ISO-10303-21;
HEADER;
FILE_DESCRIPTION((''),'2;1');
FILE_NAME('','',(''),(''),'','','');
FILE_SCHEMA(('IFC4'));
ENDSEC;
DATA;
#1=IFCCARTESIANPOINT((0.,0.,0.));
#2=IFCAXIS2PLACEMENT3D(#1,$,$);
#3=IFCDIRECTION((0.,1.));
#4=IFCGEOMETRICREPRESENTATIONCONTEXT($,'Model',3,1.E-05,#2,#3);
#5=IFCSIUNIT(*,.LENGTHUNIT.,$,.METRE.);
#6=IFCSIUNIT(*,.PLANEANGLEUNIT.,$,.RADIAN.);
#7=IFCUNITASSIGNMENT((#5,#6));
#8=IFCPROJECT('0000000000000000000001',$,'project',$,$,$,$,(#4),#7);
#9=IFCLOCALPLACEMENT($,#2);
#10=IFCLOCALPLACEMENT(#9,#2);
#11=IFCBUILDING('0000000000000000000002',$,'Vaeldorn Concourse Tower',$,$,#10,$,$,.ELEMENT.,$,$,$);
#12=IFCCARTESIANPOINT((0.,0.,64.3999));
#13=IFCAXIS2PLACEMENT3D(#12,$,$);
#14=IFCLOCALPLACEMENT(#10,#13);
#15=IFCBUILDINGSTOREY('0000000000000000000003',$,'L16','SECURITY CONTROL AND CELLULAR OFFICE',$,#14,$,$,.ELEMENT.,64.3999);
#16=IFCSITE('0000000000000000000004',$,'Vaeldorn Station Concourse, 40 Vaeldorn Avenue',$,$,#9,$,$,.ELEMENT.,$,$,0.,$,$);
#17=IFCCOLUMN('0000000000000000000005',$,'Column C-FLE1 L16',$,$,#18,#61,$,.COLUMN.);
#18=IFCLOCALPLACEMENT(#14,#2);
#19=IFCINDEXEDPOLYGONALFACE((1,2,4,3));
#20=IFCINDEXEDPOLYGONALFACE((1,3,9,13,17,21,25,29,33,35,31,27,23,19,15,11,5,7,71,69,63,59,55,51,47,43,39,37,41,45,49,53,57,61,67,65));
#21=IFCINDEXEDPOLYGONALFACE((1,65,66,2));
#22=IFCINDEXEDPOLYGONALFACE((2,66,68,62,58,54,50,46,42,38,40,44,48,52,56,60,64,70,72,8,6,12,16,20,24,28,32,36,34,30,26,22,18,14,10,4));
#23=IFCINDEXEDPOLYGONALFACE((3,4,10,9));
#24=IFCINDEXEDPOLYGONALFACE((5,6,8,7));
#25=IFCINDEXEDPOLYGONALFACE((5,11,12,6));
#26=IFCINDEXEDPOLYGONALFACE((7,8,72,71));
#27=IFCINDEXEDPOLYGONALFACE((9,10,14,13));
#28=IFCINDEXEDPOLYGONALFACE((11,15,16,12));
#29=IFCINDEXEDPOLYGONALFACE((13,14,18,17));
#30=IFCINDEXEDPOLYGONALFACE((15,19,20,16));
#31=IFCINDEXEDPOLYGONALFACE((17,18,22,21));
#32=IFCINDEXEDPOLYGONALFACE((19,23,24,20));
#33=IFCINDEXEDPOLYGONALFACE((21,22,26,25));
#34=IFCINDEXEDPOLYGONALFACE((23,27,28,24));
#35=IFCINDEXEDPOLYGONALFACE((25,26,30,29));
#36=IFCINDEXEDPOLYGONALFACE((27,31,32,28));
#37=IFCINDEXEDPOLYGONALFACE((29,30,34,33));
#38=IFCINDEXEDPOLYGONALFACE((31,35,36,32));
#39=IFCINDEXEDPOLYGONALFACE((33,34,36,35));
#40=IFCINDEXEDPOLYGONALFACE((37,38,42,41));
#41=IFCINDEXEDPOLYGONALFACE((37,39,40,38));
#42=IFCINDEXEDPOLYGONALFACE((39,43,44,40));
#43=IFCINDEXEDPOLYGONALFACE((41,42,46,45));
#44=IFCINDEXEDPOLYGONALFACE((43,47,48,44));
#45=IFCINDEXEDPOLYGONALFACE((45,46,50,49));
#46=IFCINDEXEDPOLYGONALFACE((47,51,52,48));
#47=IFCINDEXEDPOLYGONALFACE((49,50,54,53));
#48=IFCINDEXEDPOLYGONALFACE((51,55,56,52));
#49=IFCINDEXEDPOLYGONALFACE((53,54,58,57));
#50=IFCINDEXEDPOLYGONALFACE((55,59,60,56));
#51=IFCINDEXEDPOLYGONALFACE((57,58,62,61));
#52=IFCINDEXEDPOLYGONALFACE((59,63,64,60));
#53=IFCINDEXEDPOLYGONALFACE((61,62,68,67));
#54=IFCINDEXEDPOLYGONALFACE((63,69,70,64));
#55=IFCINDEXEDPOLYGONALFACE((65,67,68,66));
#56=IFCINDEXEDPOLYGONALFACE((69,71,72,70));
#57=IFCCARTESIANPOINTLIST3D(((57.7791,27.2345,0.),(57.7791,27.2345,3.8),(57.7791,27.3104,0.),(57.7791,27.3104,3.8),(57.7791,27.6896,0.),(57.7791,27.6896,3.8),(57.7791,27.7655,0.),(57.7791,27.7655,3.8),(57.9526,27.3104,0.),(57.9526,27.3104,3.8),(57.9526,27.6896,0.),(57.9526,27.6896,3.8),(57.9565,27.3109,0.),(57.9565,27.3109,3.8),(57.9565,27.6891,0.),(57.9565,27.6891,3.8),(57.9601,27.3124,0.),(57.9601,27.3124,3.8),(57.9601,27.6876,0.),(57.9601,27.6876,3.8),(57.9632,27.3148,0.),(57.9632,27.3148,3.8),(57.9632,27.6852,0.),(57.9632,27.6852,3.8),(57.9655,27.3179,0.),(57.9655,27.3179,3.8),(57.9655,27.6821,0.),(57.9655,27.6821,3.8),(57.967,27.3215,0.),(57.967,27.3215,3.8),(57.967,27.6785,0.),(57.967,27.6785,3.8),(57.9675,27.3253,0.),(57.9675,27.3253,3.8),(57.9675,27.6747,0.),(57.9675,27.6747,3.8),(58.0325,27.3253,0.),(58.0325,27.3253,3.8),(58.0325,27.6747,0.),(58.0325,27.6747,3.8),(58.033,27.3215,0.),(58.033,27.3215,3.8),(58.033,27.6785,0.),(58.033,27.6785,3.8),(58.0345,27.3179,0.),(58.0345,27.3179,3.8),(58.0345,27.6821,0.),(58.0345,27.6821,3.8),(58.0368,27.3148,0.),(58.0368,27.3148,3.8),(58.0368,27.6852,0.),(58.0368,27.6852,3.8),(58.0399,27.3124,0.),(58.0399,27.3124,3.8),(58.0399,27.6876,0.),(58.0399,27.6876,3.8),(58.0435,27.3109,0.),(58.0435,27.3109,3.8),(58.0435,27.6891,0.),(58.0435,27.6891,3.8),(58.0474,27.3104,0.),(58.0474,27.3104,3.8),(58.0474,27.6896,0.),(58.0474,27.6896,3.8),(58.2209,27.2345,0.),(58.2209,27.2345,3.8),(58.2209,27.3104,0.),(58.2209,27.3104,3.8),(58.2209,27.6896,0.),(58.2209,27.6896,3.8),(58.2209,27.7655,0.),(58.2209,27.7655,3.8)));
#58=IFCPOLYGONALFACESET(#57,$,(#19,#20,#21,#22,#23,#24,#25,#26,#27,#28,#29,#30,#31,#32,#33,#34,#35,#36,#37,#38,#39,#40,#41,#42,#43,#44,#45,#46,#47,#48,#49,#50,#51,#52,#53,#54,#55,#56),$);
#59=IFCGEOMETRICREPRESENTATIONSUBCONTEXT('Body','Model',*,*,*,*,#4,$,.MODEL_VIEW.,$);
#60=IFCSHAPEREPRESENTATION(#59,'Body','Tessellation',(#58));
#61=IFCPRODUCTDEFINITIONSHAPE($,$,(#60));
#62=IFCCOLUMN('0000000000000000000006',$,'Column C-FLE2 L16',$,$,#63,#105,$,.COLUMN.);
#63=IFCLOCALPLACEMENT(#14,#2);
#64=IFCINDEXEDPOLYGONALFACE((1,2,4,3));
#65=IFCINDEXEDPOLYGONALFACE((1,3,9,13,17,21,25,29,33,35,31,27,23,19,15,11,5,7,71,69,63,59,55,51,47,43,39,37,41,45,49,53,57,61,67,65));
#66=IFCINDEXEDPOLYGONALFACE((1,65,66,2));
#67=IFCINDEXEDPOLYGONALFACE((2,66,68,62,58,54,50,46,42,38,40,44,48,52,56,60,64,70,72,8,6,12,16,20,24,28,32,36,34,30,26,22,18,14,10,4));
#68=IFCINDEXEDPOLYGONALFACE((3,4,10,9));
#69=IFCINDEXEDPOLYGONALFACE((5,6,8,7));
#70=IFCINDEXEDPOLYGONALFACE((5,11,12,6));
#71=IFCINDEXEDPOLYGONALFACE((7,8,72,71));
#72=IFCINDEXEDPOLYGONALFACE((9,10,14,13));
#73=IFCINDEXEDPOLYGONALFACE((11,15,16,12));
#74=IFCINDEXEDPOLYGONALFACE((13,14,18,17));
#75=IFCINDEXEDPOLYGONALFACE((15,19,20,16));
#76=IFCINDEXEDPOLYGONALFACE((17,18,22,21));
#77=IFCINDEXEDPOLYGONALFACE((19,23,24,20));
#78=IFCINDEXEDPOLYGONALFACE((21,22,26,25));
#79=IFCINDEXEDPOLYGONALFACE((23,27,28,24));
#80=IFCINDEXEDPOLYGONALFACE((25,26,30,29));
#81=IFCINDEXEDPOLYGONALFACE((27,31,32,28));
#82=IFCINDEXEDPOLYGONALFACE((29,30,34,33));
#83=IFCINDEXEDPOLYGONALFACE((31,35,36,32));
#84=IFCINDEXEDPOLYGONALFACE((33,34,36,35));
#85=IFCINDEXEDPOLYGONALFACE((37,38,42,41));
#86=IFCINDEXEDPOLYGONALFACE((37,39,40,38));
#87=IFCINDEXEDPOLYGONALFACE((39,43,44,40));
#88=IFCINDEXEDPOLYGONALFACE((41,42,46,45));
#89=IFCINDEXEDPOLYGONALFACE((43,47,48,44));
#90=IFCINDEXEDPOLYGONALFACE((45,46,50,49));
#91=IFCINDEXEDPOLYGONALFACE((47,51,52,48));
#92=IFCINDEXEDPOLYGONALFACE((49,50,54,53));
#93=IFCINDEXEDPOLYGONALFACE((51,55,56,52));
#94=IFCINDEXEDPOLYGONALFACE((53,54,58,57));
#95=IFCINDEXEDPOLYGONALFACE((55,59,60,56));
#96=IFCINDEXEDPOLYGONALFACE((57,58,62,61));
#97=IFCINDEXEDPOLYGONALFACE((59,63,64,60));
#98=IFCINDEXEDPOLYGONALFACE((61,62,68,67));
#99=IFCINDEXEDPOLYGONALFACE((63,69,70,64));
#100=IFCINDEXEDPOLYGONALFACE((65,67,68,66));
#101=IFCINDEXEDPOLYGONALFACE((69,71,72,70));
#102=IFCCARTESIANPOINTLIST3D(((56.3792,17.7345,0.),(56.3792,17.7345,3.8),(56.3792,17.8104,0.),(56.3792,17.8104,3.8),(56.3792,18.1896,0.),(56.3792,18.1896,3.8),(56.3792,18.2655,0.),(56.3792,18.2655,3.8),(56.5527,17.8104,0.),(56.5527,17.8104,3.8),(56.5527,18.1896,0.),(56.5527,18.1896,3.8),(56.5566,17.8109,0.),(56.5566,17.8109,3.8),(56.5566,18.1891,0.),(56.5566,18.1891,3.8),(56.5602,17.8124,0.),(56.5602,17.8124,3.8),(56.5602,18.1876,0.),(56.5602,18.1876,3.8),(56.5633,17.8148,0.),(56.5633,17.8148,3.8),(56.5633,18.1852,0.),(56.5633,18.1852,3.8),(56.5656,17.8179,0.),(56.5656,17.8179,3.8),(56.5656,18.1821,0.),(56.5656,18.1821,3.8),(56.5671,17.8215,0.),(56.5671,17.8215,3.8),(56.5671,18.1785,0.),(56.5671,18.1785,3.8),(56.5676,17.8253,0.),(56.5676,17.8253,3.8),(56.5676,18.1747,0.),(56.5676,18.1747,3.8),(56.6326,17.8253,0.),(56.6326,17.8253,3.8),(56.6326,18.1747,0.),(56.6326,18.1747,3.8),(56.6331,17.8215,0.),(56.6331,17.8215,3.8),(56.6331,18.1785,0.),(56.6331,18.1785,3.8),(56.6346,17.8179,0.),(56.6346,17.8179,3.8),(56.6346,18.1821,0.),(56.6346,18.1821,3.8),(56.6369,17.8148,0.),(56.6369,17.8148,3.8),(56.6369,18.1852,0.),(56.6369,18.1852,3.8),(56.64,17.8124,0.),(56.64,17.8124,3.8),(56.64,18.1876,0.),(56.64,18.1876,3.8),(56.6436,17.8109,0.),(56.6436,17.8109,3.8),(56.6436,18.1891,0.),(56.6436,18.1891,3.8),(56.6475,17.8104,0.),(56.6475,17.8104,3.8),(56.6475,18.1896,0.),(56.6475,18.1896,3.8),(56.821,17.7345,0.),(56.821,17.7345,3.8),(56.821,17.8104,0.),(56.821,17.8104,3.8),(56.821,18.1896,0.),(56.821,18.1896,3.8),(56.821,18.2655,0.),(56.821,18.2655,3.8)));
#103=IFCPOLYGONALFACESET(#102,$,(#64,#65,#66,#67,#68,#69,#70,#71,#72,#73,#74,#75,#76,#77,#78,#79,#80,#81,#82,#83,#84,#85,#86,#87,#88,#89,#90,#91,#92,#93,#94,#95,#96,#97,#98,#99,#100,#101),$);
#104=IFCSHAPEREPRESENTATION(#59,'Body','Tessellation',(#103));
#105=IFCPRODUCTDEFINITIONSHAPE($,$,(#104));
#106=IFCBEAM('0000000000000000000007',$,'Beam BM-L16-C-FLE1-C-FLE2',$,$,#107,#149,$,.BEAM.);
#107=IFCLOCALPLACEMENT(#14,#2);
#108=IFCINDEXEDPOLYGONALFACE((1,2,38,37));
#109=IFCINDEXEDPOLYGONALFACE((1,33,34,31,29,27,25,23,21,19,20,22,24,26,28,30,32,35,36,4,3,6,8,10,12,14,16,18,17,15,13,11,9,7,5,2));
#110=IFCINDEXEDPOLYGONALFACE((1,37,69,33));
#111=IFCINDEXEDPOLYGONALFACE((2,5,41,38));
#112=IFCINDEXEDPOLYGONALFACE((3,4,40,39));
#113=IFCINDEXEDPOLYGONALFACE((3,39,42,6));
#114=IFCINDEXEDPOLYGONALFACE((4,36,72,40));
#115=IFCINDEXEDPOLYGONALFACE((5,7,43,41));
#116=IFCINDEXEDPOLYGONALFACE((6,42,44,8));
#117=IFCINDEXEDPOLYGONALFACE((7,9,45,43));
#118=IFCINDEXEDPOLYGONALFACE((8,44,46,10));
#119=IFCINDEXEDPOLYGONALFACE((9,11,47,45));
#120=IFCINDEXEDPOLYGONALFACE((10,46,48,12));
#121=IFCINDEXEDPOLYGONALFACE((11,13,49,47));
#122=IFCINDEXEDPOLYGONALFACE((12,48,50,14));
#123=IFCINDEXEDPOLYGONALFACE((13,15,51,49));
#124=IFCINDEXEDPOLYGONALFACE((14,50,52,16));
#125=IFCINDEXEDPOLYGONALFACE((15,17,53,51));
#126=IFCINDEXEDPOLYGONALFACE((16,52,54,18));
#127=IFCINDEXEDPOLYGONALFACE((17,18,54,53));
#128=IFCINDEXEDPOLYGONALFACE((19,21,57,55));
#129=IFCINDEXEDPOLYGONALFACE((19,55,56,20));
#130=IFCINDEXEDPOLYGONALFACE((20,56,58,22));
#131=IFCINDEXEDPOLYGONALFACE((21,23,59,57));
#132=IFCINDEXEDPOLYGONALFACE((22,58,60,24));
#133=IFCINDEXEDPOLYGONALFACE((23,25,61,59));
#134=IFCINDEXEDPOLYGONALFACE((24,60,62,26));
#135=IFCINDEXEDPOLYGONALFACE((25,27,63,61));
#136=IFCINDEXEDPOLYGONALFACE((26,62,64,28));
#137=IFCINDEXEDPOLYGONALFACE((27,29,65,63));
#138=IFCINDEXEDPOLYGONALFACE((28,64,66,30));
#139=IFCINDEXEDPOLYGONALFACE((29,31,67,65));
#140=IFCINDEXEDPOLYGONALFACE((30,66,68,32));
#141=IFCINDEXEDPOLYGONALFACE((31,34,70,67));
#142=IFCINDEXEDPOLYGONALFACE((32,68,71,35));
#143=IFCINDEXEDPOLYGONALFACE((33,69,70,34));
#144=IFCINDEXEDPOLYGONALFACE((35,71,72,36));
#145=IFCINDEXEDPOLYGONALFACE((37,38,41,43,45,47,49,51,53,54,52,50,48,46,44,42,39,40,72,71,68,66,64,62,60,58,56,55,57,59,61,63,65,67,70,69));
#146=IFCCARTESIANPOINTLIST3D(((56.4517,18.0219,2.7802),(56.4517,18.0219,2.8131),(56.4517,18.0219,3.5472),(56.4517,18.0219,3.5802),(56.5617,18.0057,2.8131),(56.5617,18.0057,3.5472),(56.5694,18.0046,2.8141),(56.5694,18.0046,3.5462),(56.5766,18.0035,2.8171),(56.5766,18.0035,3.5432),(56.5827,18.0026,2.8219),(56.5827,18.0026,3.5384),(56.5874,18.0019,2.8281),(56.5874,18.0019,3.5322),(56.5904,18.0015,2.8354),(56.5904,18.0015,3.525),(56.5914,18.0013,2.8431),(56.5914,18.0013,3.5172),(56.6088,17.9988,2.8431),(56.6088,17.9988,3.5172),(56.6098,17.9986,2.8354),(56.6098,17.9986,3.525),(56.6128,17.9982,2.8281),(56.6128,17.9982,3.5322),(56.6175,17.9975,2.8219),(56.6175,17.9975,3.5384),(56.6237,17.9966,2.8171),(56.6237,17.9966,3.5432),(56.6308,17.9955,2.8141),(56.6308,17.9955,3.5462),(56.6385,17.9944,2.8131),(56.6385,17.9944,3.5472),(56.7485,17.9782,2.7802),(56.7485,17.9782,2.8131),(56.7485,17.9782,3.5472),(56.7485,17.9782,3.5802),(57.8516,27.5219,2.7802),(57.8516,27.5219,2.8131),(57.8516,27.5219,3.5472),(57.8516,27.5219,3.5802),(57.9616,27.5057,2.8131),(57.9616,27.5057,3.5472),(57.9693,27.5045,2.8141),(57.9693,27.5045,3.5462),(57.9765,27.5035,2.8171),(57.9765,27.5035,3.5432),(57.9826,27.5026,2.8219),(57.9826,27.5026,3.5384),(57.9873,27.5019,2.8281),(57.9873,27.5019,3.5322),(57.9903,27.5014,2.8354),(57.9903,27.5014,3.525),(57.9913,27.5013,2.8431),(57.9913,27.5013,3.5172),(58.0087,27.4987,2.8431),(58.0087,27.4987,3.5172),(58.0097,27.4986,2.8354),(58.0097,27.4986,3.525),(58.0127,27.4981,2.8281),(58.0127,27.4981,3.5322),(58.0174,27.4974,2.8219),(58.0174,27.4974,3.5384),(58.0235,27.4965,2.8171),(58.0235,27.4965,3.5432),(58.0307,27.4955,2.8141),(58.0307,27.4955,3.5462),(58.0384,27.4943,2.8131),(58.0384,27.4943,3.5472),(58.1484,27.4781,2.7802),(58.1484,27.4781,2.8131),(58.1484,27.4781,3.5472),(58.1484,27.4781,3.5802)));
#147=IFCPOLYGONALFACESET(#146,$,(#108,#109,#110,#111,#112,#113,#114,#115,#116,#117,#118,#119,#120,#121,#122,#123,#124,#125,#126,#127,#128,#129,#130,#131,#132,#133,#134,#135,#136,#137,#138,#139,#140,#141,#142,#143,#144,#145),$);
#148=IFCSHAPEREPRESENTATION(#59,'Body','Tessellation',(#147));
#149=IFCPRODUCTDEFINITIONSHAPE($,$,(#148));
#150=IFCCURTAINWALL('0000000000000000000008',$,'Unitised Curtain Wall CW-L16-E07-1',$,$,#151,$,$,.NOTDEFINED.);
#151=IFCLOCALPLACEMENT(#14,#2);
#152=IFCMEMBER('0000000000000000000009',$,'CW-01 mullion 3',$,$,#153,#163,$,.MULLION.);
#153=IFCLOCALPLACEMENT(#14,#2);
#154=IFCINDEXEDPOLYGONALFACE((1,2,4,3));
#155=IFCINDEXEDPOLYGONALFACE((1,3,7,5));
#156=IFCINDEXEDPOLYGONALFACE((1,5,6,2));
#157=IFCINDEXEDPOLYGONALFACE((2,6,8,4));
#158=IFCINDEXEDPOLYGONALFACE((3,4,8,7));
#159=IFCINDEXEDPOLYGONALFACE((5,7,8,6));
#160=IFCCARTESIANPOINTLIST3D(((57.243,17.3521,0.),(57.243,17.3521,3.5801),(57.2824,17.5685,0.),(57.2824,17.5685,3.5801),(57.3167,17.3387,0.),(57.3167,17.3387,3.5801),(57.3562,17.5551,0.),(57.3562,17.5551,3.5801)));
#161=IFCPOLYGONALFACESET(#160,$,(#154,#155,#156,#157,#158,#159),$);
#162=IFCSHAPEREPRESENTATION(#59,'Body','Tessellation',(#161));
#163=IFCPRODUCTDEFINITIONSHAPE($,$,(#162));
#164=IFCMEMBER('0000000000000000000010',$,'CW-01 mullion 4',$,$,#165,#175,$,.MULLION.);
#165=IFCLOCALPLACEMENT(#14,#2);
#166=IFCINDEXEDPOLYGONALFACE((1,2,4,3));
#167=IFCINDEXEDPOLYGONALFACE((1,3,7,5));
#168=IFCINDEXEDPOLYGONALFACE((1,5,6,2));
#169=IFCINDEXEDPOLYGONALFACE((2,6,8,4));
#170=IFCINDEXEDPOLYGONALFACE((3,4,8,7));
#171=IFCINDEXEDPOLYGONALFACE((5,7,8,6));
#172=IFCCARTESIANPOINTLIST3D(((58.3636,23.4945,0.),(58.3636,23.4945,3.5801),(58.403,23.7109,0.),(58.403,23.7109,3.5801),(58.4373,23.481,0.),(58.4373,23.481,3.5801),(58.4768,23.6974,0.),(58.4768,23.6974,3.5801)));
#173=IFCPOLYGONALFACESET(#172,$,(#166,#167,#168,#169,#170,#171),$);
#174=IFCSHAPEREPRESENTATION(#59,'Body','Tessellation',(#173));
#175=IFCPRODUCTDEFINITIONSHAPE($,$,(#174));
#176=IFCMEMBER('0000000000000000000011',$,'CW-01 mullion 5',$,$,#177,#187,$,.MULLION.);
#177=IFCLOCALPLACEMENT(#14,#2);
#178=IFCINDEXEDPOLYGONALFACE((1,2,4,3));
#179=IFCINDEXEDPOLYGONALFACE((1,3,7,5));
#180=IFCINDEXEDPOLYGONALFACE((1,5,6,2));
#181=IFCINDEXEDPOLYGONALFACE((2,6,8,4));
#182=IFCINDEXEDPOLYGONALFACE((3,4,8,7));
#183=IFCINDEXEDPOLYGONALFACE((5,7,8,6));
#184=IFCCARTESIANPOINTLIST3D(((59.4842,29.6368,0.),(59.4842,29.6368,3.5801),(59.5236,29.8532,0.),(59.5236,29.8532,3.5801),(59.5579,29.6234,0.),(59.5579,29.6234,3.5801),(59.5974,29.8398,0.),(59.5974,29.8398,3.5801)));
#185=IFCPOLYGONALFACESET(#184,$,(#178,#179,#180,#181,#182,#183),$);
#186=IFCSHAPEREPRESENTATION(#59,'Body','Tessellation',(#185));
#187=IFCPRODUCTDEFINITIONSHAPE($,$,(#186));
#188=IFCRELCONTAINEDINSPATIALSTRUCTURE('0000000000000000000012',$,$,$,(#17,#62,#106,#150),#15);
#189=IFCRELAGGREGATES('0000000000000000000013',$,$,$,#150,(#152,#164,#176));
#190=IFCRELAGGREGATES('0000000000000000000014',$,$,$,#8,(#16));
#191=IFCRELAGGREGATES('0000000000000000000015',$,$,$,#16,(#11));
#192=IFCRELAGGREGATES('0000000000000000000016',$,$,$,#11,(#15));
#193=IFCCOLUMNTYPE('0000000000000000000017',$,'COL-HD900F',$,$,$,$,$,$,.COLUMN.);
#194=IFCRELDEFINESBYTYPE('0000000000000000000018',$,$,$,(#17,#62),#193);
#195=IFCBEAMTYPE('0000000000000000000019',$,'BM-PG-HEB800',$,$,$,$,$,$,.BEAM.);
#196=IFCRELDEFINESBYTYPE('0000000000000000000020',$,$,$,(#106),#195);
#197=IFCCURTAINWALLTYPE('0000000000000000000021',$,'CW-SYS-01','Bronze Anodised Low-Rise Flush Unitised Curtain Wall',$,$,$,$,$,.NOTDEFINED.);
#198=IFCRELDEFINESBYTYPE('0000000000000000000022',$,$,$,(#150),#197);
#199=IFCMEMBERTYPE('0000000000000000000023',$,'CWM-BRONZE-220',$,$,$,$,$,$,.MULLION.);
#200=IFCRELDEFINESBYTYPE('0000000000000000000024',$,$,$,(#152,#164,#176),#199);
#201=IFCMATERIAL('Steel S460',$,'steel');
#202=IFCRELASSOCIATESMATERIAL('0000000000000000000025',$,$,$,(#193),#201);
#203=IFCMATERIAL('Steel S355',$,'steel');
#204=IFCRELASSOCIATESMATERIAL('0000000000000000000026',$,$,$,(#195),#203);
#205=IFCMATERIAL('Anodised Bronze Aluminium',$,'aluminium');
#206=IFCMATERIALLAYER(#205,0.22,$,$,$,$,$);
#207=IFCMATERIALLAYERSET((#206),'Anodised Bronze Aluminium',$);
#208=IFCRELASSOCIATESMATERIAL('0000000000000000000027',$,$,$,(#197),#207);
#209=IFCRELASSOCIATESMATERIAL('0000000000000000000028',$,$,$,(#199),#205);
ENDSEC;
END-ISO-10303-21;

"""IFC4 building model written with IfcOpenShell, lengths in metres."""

from ifc_helpers import new_model, si_unit, direction, frame, origin, origin_2d, place, context, subcontext, project, spatial, rectangle, i_section, extrude, source, transform, mapped, material, layer, layer_set, material_profile, profile_set, type_object, element, aggregate, save


model = new_model("IFC4")

# Units and contexts
model_context = context("Model", 3, precision=1e-05, world=origin(), true_north=direction((0.0, 1.0)))
body_context = subcontext(model_context, "Body", "Model", "MODEL_VIEW")
ifc_project = project(units=[si_unit("LENGTHUNIT", "METRE"), si_unit("PLANEANGLEUNIT", "RADIAN")], contexts=[model_context])

# Site, building, storey
site_placement = place(None, origin())
site = spatial("IfcSite", under=ifc_project, at=site_placement, Name="Vaeldorn Station Concourse, 40 Vaeldorn Avenue", CompositionType="ELEMENT", RefElevation=0.0)
building_placement = place(site_placement, origin())
building = spatial("IfcBuilding", under=site, at=building_placement, Name="Vaeldorn Concourse Tower", CompositionType="ELEMENT")
storey_placement = place(building_placement, frame((0.0, 0.0, 64.3999)))
storey = spatial("IfcBuildingStorey", under=building, at=storey_placement, Name="L16", Description="SECURITY CONTROL AND CELLULAR OFFICE", CompositionType="ELEMENT", Elevation=64.3999)

# Columns
ifc_material_1 = material(Name="Steel S460", Category="steel")
ifc_material_profile_1 = material_profile(ifc_material_1, i_section(OverallWidth=0.4419, OverallDepth=0.531, WebThickness=0.0649, FlangeThickness=0.0759, FilletRadius=0.0149, at=origin_2d()), Name="HD 400x900")
ifc_profile_set_1 = profile_set([ifc_material_profile_1], Name="Steel S460")
column_type = type_object("IfcColumnType", Name="COL-HD900F", PredefinedType="COLUMN", material=ifc_profile_set_1)
shared_shape_1 = source(origin(), body_context, "Body", "SweptSolid", [
    extrude(i_section(OverallWidth=0.4419, OverallDepth=0.531, WebThickness=0.0649, FlangeThickness=0.0759, FilletRadius=0.0149, at=origin_2d()), origin(), (0.0, 0.0, 1.0), 3.8),
])
for number, where, z_axis, x_axis, name in (
    (1, (58.0, 27.5, 0.0), (0.0, 0.0, 1.0), (1.0, 0.0, 0.0), "Column C-FLE1 L16"),
    (2, (56.6001, 18.0, 0.0), (0.0, 0.0, 1.0), (1.0, 0.0, 0.0), "Column C-FLE2 L16"),
):
    element("IfcColumn", number, at=place(storey_placement, frame(where, z_axis=z_axis, x_axis=x_axis)), inside=storey, type_object=column_type, Name=name, PredefinedType="COLUMN", context=body_context, shape_type="MappedRepresentation", body=[
        mapped(shared_shape_1, transform((0.0, 0.0, 0.0), scale=1.0)),
    ])

# Beam
ifc_material_2 = material(Name="Steel S355", Category="steel")
ifc_material_profile_2 = material_profile(ifc_material_2, i_section(OverallWidth=0.3, OverallDepth=0.8, WebThickness=0.0176, FlangeThickness=0.033, FilletRadius=0.03, at=origin_2d()), Name="HEB 800")
ifc_profile_set_2 = profile_set([ifc_material_profile_2], Name="Steel S355")
beam_type = type_object("IfcBeamType", Name="BM-PG-HEB800", PredefinedType="BEAM", material=ifc_profile_set_2)
shared_shape_2 = source(origin(), body_context, "Body", "SweptSolid", [
    extrude(i_section(OverallWidth=0.3, OverallDepth=0.8, WebThickness=0.0176, FlangeThickness=0.033, FilletRadius=0.03, at=origin_2d()), origin(), (0.0, 0.0, 1.0), 9.6025),
])
beam_placement = place(storey_placement, frame((58.0, 27.5, 3.1802), z_axis=(-0.145784, -0.989316, 0.0), x_axis=(0.989316, -0.145784, 0.0)))
element("IfcBeam", 3, at=beam_placement, inside=storey, type_object=beam_type, Name="Beam BM-L16-C-FLE1-C-FLE2", PredefinedType="BEAM", context=body_context, shape_type="MappedRepresentation", body=[
    mapped(shared_shape_2, transform((0.0, 0.0, 0.0), scale=1.0)),
])

# Curtain wall, members
ifc_material_3 = material(Name="Anodised Bronze Aluminium", Category="aluminium")
ifc_layer_1 = layer(ifc_material_3, 0.22)
ifc_layer_set_1 = layer_set([ifc_layer_1], Name="Anodised Bronze Aluminium")
curtain_wall_type = type_object("IfcCurtainWallType", Name="CW-SYS-01", Description="Bronze Anodised Low-Rise Flush Unitised Curtain Wall", PredefinedType="NOTDEFINED", material=ifc_layer_set_1)
curtain_wall_placement = place(storey_placement, origin())
curtain_wall = element("IfcCurtainWall", 4, at=curtain_wall_placement, inside=storey, type_object=curtain_wall_type, Name="Unitised Curtain Wall CW-L16-E07-1", PredefinedType="NOTDEFINED")
ifc_material_profile_3 = material_profile(ifc_material_3, rectangle(XDim=0.075, YDim=0.22, at=origin_2d()), Name="CWM 75x220")
ifc_profile_set_3 = profile_set([ifc_material_profile_3], Name="Anodised Bronze Aluminium")
member_type_1 = type_object("IfcMemberType", Name="CWM-BRONZE-220", PredefinedType="MULLION", material=ifc_profile_set_3)
shared_shape_3 = source(origin(), body_context, "Body", "SweptSolid", [
    extrude(rectangle(XDim=0.075, YDim=0.22, at=origin_2d()), origin(), (0.0, 0.0, 1.0), 3.5801),
])
member_1_placement = place(storey_placement, frame((57.2996, 17.4536, 0.0), z_axis=(0.0, 0.0, 1.0), x_axis=(-0.983763, 0.179474, 0.0)))
member_1 = element("IfcMember", 5, at=member_1_placement, type_object=member_type_1, Name="CW-01 mullion 3", PredefinedType="MULLION", context=body_context, shape_type="MappedRepresentation", body=[
    mapped(shared_shape_3, transform((0.0, 0.0, 0.0), scale=1.0)),
])
member_2_placement = place(storey_placement, frame((58.4202, 23.5959, 0.0), z_axis=(0.0, 0.0, 1.0), x_axis=(-0.983763, 0.179474, 0.0)))
member_2 = element("IfcMember", 6, at=member_2_placement, type_object=member_type_1, Name="CW-01 mullion 4", PredefinedType="MULLION", context=body_context, shape_type="MappedRepresentation", body=[
    mapped(shared_shape_3, transform((0.0, 0.0, 0.0), scale=1.0)),
])
member_3_placement = place(storey_placement, frame((59.5408, 29.7383, 0.0), z_axis=(0.0, 0.0, 1.0), x_axis=(-0.983763, 0.179474, 0.0)))
member_3 = element("IfcMember", 7, at=member_3_placement, type_object=member_type_1, Name="CW-01 mullion 5", PredefinedType="MULLION", context=body_context, shape_type="MappedRepresentation", body=[
    mapped(shared_shape_3, transform((0.0, 0.0, 0.0), scale=1.0)),
])
aggregate(curtain_wall, [member_1, member_2, member_3])

save(model, "model.ifc")
